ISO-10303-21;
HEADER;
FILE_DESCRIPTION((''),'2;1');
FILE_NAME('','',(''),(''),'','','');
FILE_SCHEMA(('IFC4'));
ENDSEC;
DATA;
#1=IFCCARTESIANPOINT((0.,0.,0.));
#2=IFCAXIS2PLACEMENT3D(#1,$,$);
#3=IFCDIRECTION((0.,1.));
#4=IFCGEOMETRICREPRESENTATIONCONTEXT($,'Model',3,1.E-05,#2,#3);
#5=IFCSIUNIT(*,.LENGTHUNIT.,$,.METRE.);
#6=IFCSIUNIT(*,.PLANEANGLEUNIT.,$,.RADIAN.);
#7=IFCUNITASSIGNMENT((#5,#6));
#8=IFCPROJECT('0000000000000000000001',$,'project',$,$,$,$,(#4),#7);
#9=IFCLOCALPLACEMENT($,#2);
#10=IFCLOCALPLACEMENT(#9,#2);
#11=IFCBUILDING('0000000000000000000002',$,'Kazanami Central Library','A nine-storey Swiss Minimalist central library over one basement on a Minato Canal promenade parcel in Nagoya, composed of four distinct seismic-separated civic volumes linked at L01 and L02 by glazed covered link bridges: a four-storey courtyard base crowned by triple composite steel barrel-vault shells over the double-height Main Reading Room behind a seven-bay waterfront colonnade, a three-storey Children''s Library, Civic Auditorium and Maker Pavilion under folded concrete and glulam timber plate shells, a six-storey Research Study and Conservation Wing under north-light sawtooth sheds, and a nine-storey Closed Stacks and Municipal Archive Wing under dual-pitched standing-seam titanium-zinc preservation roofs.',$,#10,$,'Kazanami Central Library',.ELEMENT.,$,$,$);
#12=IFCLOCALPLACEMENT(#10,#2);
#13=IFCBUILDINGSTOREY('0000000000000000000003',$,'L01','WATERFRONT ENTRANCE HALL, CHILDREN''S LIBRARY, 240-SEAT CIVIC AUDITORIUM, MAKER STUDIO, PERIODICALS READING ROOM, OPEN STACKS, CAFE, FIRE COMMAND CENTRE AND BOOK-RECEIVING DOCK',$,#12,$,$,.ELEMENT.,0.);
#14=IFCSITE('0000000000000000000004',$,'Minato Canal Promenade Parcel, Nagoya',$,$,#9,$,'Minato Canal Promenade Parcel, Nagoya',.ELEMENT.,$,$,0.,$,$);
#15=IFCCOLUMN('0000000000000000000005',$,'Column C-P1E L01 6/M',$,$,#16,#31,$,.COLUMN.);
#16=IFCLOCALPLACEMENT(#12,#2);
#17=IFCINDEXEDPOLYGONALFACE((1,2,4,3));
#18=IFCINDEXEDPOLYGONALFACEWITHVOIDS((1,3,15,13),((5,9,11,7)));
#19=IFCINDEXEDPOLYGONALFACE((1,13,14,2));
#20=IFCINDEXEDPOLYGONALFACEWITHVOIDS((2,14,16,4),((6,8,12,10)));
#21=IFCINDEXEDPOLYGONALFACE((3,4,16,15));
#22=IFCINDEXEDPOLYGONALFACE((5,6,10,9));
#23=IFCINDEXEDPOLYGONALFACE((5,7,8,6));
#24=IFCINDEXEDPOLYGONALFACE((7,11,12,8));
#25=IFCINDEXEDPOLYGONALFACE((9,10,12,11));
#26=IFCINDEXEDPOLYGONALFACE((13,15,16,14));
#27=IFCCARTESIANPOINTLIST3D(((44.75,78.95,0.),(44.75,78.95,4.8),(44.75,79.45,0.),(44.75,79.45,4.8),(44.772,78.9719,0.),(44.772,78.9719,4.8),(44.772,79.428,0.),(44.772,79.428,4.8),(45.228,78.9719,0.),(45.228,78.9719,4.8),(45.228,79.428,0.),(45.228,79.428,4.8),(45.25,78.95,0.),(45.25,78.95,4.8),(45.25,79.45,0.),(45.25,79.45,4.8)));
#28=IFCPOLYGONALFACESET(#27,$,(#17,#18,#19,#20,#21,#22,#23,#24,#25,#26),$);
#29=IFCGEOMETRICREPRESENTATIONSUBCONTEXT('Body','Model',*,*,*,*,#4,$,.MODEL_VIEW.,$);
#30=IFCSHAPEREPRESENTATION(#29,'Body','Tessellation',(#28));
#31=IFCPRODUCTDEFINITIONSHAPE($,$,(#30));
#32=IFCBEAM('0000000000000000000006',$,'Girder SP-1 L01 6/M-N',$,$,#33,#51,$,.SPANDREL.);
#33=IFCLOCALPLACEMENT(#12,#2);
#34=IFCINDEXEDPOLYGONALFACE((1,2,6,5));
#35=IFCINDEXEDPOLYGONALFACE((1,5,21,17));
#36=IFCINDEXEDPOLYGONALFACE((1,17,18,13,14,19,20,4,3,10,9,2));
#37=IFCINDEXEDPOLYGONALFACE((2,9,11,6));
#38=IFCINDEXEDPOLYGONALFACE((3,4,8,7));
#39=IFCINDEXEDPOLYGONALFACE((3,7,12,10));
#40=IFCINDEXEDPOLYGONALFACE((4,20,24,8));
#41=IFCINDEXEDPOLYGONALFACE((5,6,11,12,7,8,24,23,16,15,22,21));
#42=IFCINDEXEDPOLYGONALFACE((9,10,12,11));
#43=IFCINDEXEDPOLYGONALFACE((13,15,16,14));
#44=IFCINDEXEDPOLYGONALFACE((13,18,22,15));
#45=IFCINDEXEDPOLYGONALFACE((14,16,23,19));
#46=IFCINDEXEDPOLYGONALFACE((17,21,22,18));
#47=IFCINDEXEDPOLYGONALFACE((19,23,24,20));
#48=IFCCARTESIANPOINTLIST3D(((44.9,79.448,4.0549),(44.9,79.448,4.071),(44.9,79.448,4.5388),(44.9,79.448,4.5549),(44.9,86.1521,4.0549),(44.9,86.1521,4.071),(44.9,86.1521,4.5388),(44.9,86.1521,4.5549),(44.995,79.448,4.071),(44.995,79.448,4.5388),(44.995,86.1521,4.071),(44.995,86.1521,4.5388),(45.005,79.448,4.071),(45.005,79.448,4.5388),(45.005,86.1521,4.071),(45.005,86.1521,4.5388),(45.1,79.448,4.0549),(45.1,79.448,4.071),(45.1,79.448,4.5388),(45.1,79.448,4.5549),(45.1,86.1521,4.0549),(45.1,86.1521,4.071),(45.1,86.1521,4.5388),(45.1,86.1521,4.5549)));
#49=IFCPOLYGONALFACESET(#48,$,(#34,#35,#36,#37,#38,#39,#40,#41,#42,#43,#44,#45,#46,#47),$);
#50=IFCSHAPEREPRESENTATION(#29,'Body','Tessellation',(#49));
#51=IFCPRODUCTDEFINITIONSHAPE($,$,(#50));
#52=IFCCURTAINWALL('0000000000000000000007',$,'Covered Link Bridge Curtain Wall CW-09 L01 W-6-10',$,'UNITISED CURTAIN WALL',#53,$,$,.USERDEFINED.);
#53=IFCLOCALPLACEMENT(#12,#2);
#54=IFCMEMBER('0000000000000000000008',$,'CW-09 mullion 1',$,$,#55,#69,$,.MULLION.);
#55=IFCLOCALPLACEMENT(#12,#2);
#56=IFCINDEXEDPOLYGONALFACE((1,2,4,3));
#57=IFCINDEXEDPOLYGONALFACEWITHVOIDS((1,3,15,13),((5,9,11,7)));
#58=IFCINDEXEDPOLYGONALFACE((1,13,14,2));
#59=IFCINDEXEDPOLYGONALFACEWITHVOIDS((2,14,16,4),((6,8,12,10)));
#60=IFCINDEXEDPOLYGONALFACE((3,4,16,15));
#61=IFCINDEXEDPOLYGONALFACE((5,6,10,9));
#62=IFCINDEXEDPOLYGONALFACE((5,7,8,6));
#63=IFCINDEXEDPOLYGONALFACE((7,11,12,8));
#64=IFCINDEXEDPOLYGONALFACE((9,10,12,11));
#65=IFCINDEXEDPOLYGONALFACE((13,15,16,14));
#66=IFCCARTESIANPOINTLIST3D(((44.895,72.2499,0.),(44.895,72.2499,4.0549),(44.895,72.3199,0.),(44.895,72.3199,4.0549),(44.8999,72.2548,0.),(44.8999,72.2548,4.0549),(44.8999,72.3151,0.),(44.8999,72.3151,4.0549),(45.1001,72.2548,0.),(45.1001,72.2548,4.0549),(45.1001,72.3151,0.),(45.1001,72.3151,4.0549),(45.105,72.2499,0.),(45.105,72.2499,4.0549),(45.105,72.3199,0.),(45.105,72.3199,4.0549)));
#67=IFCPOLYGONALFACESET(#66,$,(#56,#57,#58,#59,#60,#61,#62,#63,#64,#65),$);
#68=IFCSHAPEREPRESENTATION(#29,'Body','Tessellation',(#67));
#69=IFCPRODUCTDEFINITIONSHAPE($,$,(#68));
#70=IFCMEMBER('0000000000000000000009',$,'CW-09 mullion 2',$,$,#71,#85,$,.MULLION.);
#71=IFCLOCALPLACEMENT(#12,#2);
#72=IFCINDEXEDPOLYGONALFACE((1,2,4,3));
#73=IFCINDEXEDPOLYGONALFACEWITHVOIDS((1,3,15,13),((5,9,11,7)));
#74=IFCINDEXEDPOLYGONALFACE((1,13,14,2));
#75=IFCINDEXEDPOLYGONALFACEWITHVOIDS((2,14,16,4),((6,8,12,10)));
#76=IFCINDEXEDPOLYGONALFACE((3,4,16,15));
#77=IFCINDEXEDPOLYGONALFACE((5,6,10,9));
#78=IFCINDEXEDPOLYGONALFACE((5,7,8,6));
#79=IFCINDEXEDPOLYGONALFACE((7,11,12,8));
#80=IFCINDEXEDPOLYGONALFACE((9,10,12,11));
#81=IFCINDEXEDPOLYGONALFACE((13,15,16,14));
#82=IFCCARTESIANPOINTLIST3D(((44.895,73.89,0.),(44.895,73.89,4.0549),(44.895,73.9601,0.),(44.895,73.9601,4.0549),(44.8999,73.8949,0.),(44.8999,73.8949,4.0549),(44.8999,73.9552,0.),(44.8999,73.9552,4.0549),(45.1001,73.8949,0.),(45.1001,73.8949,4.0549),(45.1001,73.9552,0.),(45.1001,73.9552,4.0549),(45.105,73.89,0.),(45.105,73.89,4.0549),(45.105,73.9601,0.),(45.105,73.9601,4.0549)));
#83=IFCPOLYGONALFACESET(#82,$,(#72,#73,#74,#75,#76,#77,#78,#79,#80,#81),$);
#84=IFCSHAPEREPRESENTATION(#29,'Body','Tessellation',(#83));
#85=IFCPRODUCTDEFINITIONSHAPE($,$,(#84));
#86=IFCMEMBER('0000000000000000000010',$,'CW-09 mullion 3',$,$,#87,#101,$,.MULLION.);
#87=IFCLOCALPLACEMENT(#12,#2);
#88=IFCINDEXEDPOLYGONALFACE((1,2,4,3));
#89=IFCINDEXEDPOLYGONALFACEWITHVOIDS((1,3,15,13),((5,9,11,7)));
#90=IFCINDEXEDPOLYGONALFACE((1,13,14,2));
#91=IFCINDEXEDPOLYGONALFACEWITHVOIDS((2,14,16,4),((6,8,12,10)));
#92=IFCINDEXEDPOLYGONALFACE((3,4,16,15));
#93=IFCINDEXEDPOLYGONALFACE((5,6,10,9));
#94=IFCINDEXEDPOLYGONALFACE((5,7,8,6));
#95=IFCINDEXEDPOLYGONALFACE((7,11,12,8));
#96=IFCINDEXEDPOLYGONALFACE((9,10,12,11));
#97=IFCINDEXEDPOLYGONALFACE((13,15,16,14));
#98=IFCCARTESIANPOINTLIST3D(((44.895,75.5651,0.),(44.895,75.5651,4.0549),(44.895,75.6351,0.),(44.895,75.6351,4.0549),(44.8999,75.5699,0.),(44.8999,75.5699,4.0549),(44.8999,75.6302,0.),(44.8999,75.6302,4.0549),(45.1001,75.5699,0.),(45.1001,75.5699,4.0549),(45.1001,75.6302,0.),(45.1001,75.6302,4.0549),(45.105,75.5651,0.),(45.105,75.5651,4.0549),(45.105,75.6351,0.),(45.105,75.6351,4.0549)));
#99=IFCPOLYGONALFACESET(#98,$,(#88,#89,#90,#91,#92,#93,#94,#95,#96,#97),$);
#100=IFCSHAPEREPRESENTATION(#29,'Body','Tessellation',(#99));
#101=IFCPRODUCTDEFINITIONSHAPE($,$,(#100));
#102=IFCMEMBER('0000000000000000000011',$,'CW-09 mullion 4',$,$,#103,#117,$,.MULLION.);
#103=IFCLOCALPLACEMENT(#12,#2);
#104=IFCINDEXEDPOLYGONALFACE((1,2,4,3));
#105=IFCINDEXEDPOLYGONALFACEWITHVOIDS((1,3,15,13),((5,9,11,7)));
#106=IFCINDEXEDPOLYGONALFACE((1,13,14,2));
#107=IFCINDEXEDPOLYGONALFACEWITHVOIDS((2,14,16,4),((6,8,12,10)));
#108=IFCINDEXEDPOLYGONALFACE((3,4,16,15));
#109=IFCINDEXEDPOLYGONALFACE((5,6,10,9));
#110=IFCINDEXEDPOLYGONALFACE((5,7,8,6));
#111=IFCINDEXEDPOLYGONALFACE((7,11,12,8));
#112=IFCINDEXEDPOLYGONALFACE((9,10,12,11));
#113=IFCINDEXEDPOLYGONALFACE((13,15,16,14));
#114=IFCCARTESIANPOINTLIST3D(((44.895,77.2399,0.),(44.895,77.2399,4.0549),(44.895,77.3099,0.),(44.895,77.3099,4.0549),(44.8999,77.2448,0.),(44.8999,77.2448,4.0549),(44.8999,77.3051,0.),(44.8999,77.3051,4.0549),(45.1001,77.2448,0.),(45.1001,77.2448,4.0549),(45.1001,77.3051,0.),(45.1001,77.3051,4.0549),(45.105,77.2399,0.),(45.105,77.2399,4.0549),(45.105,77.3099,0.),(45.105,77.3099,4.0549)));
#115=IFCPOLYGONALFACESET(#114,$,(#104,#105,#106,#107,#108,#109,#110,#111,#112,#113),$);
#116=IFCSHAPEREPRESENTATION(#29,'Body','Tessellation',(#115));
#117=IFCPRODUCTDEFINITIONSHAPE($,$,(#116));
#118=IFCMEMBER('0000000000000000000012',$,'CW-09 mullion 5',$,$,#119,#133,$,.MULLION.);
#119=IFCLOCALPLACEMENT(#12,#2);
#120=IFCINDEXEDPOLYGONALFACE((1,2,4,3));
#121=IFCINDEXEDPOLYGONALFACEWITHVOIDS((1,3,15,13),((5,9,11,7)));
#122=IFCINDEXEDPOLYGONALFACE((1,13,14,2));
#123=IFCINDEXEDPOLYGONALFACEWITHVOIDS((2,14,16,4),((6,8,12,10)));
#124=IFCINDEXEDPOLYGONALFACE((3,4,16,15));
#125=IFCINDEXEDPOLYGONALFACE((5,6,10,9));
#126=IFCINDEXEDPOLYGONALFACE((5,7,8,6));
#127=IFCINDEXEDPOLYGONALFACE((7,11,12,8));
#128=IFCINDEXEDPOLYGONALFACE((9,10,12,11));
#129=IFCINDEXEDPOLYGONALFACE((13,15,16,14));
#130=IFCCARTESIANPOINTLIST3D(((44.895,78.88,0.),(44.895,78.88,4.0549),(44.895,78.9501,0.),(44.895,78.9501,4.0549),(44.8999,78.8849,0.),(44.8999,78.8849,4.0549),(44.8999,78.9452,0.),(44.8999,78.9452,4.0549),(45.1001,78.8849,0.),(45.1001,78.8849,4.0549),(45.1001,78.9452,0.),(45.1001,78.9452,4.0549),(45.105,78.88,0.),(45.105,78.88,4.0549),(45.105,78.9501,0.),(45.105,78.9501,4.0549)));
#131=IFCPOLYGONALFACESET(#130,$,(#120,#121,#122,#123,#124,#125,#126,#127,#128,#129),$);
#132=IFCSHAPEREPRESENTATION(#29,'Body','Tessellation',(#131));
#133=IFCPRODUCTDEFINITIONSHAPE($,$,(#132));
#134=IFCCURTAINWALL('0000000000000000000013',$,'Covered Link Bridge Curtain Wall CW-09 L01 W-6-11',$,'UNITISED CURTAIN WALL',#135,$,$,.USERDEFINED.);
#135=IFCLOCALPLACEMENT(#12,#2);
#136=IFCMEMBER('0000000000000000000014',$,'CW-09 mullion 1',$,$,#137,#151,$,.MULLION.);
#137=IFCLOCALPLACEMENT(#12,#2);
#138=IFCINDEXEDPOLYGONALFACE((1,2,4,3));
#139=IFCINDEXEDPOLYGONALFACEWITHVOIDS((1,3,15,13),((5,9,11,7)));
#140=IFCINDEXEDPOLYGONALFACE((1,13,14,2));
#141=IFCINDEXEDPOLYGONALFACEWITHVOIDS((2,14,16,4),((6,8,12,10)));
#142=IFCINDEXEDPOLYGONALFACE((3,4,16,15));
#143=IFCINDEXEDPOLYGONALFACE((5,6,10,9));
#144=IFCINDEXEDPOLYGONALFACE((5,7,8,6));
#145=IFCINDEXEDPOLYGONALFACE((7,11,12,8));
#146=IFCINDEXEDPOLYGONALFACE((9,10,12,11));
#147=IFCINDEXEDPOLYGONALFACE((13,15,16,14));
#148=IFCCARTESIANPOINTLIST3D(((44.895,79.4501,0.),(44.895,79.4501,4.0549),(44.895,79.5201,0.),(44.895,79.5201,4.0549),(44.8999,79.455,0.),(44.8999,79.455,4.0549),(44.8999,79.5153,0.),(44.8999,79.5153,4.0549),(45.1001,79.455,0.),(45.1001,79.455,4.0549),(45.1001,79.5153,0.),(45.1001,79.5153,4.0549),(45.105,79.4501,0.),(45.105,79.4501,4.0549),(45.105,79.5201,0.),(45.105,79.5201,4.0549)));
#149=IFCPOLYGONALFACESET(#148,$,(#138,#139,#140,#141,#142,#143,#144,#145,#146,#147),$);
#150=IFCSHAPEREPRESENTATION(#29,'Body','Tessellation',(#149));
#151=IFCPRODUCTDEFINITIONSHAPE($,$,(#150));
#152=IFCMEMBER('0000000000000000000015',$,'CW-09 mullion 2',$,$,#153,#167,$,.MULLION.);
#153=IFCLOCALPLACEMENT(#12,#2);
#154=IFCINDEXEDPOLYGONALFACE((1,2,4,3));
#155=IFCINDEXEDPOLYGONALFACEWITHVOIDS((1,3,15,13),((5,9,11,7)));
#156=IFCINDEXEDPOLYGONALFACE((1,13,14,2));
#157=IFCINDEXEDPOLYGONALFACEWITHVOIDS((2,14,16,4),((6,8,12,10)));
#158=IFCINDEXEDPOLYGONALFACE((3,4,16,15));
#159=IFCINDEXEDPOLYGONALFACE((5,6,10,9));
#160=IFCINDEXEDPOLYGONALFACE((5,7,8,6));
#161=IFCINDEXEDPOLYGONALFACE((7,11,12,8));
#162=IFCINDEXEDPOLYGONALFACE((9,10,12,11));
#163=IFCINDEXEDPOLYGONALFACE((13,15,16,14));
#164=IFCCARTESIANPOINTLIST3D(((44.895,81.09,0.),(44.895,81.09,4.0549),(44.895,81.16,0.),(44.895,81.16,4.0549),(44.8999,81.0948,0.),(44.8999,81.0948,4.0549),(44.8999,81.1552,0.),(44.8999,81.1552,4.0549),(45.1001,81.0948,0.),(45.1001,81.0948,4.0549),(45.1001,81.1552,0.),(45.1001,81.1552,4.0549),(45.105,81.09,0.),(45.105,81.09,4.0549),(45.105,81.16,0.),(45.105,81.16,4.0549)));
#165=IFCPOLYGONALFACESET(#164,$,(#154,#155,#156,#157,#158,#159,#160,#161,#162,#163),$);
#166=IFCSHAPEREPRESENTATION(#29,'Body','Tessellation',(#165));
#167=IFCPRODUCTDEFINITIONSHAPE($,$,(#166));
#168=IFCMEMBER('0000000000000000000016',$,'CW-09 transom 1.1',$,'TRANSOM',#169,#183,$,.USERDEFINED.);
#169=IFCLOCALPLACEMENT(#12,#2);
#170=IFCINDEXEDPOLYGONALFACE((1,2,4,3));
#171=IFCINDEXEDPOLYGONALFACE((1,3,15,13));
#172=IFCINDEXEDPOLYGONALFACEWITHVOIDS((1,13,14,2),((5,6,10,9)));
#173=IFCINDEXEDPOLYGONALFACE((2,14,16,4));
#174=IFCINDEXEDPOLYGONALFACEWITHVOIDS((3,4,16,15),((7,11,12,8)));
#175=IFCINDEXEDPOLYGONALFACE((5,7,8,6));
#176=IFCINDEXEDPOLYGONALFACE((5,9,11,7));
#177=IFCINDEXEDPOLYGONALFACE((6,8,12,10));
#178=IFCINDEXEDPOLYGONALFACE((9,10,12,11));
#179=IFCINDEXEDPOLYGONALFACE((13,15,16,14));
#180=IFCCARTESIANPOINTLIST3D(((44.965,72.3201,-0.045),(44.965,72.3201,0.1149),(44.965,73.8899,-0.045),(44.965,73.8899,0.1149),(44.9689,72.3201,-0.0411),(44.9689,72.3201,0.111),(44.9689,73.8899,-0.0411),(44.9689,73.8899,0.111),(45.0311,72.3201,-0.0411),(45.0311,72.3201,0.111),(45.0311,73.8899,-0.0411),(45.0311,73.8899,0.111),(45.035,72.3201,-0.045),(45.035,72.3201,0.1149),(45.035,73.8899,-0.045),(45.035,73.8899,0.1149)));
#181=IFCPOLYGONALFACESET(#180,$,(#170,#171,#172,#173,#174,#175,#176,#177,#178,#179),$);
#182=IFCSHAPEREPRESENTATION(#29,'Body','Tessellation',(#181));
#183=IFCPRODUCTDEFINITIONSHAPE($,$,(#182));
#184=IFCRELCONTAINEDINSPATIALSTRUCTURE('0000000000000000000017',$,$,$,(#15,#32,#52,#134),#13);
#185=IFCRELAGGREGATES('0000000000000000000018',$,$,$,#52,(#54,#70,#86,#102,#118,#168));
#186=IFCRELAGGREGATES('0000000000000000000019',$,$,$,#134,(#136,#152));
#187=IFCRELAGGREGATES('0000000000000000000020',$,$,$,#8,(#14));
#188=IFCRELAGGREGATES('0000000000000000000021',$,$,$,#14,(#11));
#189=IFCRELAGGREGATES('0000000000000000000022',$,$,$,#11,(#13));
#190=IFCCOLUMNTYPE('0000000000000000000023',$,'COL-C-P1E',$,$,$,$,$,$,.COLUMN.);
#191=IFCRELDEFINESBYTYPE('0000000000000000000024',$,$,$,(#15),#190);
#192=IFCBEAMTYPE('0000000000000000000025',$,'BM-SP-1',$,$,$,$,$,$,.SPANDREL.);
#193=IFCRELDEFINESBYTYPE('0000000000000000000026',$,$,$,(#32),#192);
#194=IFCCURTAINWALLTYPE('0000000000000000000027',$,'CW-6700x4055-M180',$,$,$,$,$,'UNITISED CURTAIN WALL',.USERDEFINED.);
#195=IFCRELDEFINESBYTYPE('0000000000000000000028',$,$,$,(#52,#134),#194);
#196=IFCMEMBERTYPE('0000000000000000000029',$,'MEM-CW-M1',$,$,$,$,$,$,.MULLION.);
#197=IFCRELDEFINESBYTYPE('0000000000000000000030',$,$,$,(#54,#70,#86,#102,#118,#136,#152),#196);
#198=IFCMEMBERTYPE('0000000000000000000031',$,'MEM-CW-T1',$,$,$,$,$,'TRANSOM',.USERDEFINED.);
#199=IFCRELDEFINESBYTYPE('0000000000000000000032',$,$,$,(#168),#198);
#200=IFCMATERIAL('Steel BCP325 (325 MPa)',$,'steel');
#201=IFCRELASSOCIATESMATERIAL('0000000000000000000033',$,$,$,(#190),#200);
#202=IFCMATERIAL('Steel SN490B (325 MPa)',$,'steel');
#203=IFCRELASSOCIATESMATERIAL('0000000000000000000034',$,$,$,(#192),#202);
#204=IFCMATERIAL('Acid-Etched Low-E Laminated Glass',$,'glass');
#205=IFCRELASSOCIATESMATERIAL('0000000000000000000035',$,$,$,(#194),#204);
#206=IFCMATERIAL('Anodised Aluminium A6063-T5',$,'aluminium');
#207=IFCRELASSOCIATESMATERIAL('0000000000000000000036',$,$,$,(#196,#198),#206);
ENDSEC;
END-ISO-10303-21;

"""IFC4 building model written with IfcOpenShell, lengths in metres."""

from ifc_helpers import new_model, si_unit, direction, frame, origin, origin_2d, place, context, subcontext, project, spatial, hollow_rectangle, i_section, extrude, material, material_profile, profile_set, type_object, element, aggregate, save


model = new_model("IFC4")

# Units and contexts
model_context = context("Model", 3, precision=1e-05, world=origin(), true_north=direction((0.0, 1.0)))
body_context = subcontext(model_context, "Body", "Model", "MODEL_VIEW")
ifc_project = project(units=[si_unit("LENGTHUNIT", "METRE"), si_unit("PLANEANGLEUNIT", "RADIAN")], contexts=[model_context])

# Site, building, storey
site_placement = place(None, origin())
site = spatial("IfcSite", under=ifc_project, at=site_placement, Name="Minato Canal Promenade Parcel, Nagoya", LongName="Minato Canal Promenade Parcel, Nagoya", CompositionType="ELEMENT", RefElevation=0.0)
building_placement = place(site_placement, origin())
building = spatial("IfcBuilding", under=site, at=building_placement, Name="Kazanami Central Library", Description="A nine-storey Swiss Minimalist central library over one basement on a Minato Canal promenade parcel in Nagoya, composed of four distinct seismic-separated civic volumes linked at L01 and L02 by glazed covered link bridges: a four-storey courtyard base crowned by triple composite steel barrel-vault shells over the double-height Main Reading Room behind a seven-bay waterfront colonnade, a three-storey Children's Library, Civic Auditorium and Maker Pavilion under folded concrete and glulam timber plate shells, a six-storey Research Study and Conservation Wing under north-light sawtooth sheds, and a nine-storey Closed Stacks and Municipal Archive Wing under dual-pitched standing-seam titanium-zinc preservation roofs.", LongName="Kazanami Central Library", CompositionType="ELEMENT")
storey_placement = place(building_placement, origin())
storey = spatial("IfcBuildingStorey", under=building, at=storey_placement, Name="L01", Description="WATERFRONT ENTRANCE HALL, CHILDREN'S LIBRARY, 240-SEAT CIVIC AUDITORIUM, MAKER STUDIO, PERIODICALS READING ROOM, OPEN STACKS, CAFE, FIRE COMMAND CENTRE AND BOOK-RECEIVING DOCK", CompositionType="ELEMENT", Elevation=0.0)

# Column
ifc_material_1 = material(Name="Steel BCP325 (325 MPa)", Category="steel")
ifc_material_profile_1 = material_profile(ifc_material_1, hollow_rectangle(XDim=0.5, YDim=0.5, WallThickness=0.022, at=origin_2d()), Name="BCP-500x500x22")
ifc_profile_set_1 = profile_set([ifc_material_profile_1], Name="Steel BCP325 (325 MPa)")
column_type = type_object("IfcColumnType", Name="COL-C-P1E", PredefinedType="COLUMN", material=ifc_profile_set_1)
column_placement = place(storey_placement, frame((45.0, 79.2, 0.0), z_axis=(0.0, 0.0, 1.0), x_axis=(1.0, 0.0, 0.0)))
element("IfcColumn", 1, at=column_placement, inside=storey, type_object=column_type, Name="Column C-P1E L01 6/M", PredefinedType="COLUMN", context=body_context, shape_type="SweptSolid", body=[
    extrude(hollow_rectangle(XDim=0.5, YDim=0.5, WallThickness=0.022, at=origin_2d()), origin(), (0.0, 0.0, 1.0), 4.8),
])

# Beam
ifc_material_2 = material(Name="Steel SN490B (325 MPa)", Category="steel")
ifc_material_profile_2 = material_profile(ifc_material_2, i_section(OverallWidth=0.2, OverallDepth=0.5, WebThickness=0.01, FlangeThickness=0.0161, at=origin_2d()), Name="H-500x200x10x16")
ifc_profile_set_2 = profile_set([ifc_material_profile_2], Name="Steel SN490B (325 MPa)")
beam_type = type_object("IfcBeamType", Name="BM-SP-1", PredefinedType="SPANDREL", material=ifc_profile_set_2)
beam_placement = place(storey_placement, frame((45.0, 79.448, 4.3049), z_axis=(0.0, 1.0, 0.0), x_axis=(-1.0, 0.0, 0.0)))
element("IfcBeam", 2, at=beam_placement, inside=storey, type_object=beam_type, Name="Girder SP-1 L01 6/M-N", PredefinedType="SPANDREL", context=body_context, shape_type="SweptSolid", body=[
    extrude(i_section(OverallWidth=0.2, OverallDepth=0.5, WebThickness=0.01, FlangeThickness=0.0161, at=origin_2d()), origin(), (0.0, 0.0, 1.0), 6.7041),
])

# Curtain walls, members
ifc_material_3 = material(Name="Acid-Etched Low-E Laminated Glass", Category="glass")
curtain_wall_type = type_object("IfcCurtainWallType", Name="CW-6700x4055-M180", ElementType="UNITISED CURTAIN WALL", PredefinedType="USERDEFINED", material=ifc_material_3)
curtain_wall_1_placement = place(storey_placement, origin())
curtain_wall_1 = element("IfcCurtainWall", 3, at=curtain_wall_1_placement, inside=storey, type_object=curtain_wall_type, Name="Covered Link Bridge Curtain Wall CW-09 L01 W-6-10", ObjectType="UNITISED CURTAIN WALL", PredefinedType="USERDEFINED")
ifc_material_4 = material(Name="Anodised Aluminium A6063-T5", Category="aluminium")
ifc_material_profile_3 = material_profile(ifc_material_4, hollow_rectangle(XDim=0.0701, YDim=0.21, WallThickness=0.0049, at=origin_2d()), Name="ALU-MULL-70x210x5")
ifc_profile_set_3 = profile_set([ifc_material_profile_3], Name="Anodised Aluminium A6063-T5")
member_type_1 = type_object("IfcMemberType", Name="MEM-CW-M1", PredefinedType="MULLION", material=ifc_profile_set_3)
member_1_placement = place(storey_placement, frame((45.0, 72.2849, 0.0), z_axis=(0.0, 0.0, 1.0), x_axis=(0.0, 1.0, 0.0)))
member_1 = element("IfcMember", 4, at=member_1_placement, type_object=member_type_1, Name="CW-09 mullion 1", PredefinedType="MULLION", context=body_context, shape_type="SweptSolid", body=[
    extrude(hollow_rectangle(XDim=0.0701, YDim=0.21, WallThickness=0.0049, at=origin_2d()), origin(), (0.0, 0.0, 1.0), 4.0549),
])
member_2_placement = place(storey_placement, frame((45.0, 73.925, 0.0), z_axis=(0.0, 0.0, 1.0), x_axis=(0.0, 1.0, 0.0)))
member_2 = element("IfcMember", 5, at=member_2_placement, type_object=member_type_1, Name="CW-09 mullion 2", PredefinedType="MULLION", context=body_context, shape_type="SweptSolid", body=[
    extrude(hollow_rectangle(XDim=0.0701, YDim=0.21, WallThickness=0.0049, at=origin_2d()), origin(), (0.0, 0.0, 1.0), 4.0549),
])
member_3_placement = place(storey_placement, frame((45.0, 75.6001, 0.0), z_axis=(0.0, 0.0, 1.0), x_axis=(0.0, 1.0, 0.0)))
member_3 = element("IfcMember", 6, at=member_3_placement, type_object=member_type_1, Name="CW-09 mullion 3", PredefinedType="MULLION", context=body_context, shape_type="SweptSolid", body=[
    extrude(hollow_rectangle(XDim=0.0701, YDim=0.21, WallThickness=0.0049, at=origin_2d()), origin(), (0.0, 0.0, 1.0), 4.0549),
])
member_4_placement = place(storey_placement, frame((45.0, 77.2749, 0.0), z_axis=(0.0, 0.0, 1.0), x_axis=(0.0, 1.0, 0.0)))
member_4 = element("IfcMember", 7, at=member_4_placement, type_object=member_type_1, Name="CW-09 mullion 4", PredefinedType="MULLION", context=body_context, shape_type="SweptSolid", body=[
    extrude(hollow_rectangle(XDim=0.0701, YDim=0.21, WallThickness=0.0049, at=origin_2d()), origin(), (0.0, 0.0, 1.0), 4.0549),
])
member_5_placement = place(storey_placement, frame((45.0, 78.915, 0.0), z_axis=(0.0, 0.0, 1.0), x_axis=(0.0, 1.0, 0.0)))
member_5 = element("IfcMember", 8, at=member_5_placement, type_object=member_type_1, Name="CW-09 mullion 5", PredefinedType="MULLION", context=body_context, shape_type="SweptSolid", body=[
    extrude(hollow_rectangle(XDim=0.0701, YDim=0.21, WallThickness=0.0049, at=origin_2d()), origin(), (0.0, 0.0, 1.0), 4.0549),
])
curtain_wall_2_placement = place(storey_placement, origin())
curtain_wall_2 = element("IfcCurtainWall", 9, at=curtain_wall_2_placement, inside=storey, type_object=curtain_wall_type, Name="Covered Link Bridge Curtain Wall CW-09 L01 W-6-11", ObjectType="UNITISED CURTAIN WALL", PredefinedType="USERDEFINED")
member_6_placement = place(storey_placement, frame((45.0, 79.4851, 0.0), z_axis=(0.0, 0.0, 1.0), x_axis=(0.0, 1.0, 0.0)))
member_6 = element("IfcMember", 10, at=member_6_placement, type_object=member_type_1, Name="CW-09 mullion 1", PredefinedType="MULLION", context=body_context, shape_type="SweptSolid", body=[
    extrude(hollow_rectangle(XDim=0.0701, YDim=0.21, WallThickness=0.0049, at=origin_2d()), origin(), (0.0, 0.0, 1.0), 4.0549),
])
member_7_placement = place(storey_placement, frame((45.0, 81.125, 0.0), z_axis=(0.0, 0.0, 1.0), x_axis=(0.0, 1.0, 0.0)))
member_7 = element("IfcMember", 11, at=member_7_placement, type_object=member_type_1, Name="CW-09 mullion 2", PredefinedType="MULLION", context=body_context, shape_type="SweptSolid", body=[
    extrude(hollow_rectangle(XDim=0.0701, YDim=0.21, WallThickness=0.0049, at=origin_2d()), origin(), (0.0, 0.0, 1.0), 4.0549),
])

# Member
ifc_material_profile_4 = material_profile(ifc_material_4, hollow_rectangle(XDim=0.0701, YDim=0.1599, WallThickness=0.0039, at=origin_2d()), Name="ALU-TRAN-70x160x4")
ifc_profile_set_4 = profile_set([ifc_material_profile_4], Name="Anodised Aluminium A6063-T5")
member_type_2 = type_object("IfcMemberType", Name="MEM-CW-T1", ElementType="TRANSOM", PredefinedType="USERDEFINED", material=ifc_profile_set_4)
member_8_placement = place(storey_placement, frame((45.0, 72.3201, 0.0349), z_axis=(0.0, 1.0, 0.0), x_axis=(-1.0, 0.0, 0.0)))
member_8 = element("IfcMember", 12, at=member_8_placement, type_object=member_type_2, Name="CW-09 transom 1.1", ObjectType="TRANSOM", PredefinedType="USERDEFINED", context=body_context, shape_type="SweptSolid", body=[
    extrude(hollow_rectangle(XDim=0.0701, YDim=0.1599, WallThickness=0.0039, at=origin_2d()), origin(), (0.0, 0.0, 1.0), 1.5698),
])

aggregate(curtain_wall_1, [member_1, member_2, member_3, member_4, member_5, member_8])
aggregate(curtain_wall_2, [member_6, member_7])

save(model, "model.ifc")
